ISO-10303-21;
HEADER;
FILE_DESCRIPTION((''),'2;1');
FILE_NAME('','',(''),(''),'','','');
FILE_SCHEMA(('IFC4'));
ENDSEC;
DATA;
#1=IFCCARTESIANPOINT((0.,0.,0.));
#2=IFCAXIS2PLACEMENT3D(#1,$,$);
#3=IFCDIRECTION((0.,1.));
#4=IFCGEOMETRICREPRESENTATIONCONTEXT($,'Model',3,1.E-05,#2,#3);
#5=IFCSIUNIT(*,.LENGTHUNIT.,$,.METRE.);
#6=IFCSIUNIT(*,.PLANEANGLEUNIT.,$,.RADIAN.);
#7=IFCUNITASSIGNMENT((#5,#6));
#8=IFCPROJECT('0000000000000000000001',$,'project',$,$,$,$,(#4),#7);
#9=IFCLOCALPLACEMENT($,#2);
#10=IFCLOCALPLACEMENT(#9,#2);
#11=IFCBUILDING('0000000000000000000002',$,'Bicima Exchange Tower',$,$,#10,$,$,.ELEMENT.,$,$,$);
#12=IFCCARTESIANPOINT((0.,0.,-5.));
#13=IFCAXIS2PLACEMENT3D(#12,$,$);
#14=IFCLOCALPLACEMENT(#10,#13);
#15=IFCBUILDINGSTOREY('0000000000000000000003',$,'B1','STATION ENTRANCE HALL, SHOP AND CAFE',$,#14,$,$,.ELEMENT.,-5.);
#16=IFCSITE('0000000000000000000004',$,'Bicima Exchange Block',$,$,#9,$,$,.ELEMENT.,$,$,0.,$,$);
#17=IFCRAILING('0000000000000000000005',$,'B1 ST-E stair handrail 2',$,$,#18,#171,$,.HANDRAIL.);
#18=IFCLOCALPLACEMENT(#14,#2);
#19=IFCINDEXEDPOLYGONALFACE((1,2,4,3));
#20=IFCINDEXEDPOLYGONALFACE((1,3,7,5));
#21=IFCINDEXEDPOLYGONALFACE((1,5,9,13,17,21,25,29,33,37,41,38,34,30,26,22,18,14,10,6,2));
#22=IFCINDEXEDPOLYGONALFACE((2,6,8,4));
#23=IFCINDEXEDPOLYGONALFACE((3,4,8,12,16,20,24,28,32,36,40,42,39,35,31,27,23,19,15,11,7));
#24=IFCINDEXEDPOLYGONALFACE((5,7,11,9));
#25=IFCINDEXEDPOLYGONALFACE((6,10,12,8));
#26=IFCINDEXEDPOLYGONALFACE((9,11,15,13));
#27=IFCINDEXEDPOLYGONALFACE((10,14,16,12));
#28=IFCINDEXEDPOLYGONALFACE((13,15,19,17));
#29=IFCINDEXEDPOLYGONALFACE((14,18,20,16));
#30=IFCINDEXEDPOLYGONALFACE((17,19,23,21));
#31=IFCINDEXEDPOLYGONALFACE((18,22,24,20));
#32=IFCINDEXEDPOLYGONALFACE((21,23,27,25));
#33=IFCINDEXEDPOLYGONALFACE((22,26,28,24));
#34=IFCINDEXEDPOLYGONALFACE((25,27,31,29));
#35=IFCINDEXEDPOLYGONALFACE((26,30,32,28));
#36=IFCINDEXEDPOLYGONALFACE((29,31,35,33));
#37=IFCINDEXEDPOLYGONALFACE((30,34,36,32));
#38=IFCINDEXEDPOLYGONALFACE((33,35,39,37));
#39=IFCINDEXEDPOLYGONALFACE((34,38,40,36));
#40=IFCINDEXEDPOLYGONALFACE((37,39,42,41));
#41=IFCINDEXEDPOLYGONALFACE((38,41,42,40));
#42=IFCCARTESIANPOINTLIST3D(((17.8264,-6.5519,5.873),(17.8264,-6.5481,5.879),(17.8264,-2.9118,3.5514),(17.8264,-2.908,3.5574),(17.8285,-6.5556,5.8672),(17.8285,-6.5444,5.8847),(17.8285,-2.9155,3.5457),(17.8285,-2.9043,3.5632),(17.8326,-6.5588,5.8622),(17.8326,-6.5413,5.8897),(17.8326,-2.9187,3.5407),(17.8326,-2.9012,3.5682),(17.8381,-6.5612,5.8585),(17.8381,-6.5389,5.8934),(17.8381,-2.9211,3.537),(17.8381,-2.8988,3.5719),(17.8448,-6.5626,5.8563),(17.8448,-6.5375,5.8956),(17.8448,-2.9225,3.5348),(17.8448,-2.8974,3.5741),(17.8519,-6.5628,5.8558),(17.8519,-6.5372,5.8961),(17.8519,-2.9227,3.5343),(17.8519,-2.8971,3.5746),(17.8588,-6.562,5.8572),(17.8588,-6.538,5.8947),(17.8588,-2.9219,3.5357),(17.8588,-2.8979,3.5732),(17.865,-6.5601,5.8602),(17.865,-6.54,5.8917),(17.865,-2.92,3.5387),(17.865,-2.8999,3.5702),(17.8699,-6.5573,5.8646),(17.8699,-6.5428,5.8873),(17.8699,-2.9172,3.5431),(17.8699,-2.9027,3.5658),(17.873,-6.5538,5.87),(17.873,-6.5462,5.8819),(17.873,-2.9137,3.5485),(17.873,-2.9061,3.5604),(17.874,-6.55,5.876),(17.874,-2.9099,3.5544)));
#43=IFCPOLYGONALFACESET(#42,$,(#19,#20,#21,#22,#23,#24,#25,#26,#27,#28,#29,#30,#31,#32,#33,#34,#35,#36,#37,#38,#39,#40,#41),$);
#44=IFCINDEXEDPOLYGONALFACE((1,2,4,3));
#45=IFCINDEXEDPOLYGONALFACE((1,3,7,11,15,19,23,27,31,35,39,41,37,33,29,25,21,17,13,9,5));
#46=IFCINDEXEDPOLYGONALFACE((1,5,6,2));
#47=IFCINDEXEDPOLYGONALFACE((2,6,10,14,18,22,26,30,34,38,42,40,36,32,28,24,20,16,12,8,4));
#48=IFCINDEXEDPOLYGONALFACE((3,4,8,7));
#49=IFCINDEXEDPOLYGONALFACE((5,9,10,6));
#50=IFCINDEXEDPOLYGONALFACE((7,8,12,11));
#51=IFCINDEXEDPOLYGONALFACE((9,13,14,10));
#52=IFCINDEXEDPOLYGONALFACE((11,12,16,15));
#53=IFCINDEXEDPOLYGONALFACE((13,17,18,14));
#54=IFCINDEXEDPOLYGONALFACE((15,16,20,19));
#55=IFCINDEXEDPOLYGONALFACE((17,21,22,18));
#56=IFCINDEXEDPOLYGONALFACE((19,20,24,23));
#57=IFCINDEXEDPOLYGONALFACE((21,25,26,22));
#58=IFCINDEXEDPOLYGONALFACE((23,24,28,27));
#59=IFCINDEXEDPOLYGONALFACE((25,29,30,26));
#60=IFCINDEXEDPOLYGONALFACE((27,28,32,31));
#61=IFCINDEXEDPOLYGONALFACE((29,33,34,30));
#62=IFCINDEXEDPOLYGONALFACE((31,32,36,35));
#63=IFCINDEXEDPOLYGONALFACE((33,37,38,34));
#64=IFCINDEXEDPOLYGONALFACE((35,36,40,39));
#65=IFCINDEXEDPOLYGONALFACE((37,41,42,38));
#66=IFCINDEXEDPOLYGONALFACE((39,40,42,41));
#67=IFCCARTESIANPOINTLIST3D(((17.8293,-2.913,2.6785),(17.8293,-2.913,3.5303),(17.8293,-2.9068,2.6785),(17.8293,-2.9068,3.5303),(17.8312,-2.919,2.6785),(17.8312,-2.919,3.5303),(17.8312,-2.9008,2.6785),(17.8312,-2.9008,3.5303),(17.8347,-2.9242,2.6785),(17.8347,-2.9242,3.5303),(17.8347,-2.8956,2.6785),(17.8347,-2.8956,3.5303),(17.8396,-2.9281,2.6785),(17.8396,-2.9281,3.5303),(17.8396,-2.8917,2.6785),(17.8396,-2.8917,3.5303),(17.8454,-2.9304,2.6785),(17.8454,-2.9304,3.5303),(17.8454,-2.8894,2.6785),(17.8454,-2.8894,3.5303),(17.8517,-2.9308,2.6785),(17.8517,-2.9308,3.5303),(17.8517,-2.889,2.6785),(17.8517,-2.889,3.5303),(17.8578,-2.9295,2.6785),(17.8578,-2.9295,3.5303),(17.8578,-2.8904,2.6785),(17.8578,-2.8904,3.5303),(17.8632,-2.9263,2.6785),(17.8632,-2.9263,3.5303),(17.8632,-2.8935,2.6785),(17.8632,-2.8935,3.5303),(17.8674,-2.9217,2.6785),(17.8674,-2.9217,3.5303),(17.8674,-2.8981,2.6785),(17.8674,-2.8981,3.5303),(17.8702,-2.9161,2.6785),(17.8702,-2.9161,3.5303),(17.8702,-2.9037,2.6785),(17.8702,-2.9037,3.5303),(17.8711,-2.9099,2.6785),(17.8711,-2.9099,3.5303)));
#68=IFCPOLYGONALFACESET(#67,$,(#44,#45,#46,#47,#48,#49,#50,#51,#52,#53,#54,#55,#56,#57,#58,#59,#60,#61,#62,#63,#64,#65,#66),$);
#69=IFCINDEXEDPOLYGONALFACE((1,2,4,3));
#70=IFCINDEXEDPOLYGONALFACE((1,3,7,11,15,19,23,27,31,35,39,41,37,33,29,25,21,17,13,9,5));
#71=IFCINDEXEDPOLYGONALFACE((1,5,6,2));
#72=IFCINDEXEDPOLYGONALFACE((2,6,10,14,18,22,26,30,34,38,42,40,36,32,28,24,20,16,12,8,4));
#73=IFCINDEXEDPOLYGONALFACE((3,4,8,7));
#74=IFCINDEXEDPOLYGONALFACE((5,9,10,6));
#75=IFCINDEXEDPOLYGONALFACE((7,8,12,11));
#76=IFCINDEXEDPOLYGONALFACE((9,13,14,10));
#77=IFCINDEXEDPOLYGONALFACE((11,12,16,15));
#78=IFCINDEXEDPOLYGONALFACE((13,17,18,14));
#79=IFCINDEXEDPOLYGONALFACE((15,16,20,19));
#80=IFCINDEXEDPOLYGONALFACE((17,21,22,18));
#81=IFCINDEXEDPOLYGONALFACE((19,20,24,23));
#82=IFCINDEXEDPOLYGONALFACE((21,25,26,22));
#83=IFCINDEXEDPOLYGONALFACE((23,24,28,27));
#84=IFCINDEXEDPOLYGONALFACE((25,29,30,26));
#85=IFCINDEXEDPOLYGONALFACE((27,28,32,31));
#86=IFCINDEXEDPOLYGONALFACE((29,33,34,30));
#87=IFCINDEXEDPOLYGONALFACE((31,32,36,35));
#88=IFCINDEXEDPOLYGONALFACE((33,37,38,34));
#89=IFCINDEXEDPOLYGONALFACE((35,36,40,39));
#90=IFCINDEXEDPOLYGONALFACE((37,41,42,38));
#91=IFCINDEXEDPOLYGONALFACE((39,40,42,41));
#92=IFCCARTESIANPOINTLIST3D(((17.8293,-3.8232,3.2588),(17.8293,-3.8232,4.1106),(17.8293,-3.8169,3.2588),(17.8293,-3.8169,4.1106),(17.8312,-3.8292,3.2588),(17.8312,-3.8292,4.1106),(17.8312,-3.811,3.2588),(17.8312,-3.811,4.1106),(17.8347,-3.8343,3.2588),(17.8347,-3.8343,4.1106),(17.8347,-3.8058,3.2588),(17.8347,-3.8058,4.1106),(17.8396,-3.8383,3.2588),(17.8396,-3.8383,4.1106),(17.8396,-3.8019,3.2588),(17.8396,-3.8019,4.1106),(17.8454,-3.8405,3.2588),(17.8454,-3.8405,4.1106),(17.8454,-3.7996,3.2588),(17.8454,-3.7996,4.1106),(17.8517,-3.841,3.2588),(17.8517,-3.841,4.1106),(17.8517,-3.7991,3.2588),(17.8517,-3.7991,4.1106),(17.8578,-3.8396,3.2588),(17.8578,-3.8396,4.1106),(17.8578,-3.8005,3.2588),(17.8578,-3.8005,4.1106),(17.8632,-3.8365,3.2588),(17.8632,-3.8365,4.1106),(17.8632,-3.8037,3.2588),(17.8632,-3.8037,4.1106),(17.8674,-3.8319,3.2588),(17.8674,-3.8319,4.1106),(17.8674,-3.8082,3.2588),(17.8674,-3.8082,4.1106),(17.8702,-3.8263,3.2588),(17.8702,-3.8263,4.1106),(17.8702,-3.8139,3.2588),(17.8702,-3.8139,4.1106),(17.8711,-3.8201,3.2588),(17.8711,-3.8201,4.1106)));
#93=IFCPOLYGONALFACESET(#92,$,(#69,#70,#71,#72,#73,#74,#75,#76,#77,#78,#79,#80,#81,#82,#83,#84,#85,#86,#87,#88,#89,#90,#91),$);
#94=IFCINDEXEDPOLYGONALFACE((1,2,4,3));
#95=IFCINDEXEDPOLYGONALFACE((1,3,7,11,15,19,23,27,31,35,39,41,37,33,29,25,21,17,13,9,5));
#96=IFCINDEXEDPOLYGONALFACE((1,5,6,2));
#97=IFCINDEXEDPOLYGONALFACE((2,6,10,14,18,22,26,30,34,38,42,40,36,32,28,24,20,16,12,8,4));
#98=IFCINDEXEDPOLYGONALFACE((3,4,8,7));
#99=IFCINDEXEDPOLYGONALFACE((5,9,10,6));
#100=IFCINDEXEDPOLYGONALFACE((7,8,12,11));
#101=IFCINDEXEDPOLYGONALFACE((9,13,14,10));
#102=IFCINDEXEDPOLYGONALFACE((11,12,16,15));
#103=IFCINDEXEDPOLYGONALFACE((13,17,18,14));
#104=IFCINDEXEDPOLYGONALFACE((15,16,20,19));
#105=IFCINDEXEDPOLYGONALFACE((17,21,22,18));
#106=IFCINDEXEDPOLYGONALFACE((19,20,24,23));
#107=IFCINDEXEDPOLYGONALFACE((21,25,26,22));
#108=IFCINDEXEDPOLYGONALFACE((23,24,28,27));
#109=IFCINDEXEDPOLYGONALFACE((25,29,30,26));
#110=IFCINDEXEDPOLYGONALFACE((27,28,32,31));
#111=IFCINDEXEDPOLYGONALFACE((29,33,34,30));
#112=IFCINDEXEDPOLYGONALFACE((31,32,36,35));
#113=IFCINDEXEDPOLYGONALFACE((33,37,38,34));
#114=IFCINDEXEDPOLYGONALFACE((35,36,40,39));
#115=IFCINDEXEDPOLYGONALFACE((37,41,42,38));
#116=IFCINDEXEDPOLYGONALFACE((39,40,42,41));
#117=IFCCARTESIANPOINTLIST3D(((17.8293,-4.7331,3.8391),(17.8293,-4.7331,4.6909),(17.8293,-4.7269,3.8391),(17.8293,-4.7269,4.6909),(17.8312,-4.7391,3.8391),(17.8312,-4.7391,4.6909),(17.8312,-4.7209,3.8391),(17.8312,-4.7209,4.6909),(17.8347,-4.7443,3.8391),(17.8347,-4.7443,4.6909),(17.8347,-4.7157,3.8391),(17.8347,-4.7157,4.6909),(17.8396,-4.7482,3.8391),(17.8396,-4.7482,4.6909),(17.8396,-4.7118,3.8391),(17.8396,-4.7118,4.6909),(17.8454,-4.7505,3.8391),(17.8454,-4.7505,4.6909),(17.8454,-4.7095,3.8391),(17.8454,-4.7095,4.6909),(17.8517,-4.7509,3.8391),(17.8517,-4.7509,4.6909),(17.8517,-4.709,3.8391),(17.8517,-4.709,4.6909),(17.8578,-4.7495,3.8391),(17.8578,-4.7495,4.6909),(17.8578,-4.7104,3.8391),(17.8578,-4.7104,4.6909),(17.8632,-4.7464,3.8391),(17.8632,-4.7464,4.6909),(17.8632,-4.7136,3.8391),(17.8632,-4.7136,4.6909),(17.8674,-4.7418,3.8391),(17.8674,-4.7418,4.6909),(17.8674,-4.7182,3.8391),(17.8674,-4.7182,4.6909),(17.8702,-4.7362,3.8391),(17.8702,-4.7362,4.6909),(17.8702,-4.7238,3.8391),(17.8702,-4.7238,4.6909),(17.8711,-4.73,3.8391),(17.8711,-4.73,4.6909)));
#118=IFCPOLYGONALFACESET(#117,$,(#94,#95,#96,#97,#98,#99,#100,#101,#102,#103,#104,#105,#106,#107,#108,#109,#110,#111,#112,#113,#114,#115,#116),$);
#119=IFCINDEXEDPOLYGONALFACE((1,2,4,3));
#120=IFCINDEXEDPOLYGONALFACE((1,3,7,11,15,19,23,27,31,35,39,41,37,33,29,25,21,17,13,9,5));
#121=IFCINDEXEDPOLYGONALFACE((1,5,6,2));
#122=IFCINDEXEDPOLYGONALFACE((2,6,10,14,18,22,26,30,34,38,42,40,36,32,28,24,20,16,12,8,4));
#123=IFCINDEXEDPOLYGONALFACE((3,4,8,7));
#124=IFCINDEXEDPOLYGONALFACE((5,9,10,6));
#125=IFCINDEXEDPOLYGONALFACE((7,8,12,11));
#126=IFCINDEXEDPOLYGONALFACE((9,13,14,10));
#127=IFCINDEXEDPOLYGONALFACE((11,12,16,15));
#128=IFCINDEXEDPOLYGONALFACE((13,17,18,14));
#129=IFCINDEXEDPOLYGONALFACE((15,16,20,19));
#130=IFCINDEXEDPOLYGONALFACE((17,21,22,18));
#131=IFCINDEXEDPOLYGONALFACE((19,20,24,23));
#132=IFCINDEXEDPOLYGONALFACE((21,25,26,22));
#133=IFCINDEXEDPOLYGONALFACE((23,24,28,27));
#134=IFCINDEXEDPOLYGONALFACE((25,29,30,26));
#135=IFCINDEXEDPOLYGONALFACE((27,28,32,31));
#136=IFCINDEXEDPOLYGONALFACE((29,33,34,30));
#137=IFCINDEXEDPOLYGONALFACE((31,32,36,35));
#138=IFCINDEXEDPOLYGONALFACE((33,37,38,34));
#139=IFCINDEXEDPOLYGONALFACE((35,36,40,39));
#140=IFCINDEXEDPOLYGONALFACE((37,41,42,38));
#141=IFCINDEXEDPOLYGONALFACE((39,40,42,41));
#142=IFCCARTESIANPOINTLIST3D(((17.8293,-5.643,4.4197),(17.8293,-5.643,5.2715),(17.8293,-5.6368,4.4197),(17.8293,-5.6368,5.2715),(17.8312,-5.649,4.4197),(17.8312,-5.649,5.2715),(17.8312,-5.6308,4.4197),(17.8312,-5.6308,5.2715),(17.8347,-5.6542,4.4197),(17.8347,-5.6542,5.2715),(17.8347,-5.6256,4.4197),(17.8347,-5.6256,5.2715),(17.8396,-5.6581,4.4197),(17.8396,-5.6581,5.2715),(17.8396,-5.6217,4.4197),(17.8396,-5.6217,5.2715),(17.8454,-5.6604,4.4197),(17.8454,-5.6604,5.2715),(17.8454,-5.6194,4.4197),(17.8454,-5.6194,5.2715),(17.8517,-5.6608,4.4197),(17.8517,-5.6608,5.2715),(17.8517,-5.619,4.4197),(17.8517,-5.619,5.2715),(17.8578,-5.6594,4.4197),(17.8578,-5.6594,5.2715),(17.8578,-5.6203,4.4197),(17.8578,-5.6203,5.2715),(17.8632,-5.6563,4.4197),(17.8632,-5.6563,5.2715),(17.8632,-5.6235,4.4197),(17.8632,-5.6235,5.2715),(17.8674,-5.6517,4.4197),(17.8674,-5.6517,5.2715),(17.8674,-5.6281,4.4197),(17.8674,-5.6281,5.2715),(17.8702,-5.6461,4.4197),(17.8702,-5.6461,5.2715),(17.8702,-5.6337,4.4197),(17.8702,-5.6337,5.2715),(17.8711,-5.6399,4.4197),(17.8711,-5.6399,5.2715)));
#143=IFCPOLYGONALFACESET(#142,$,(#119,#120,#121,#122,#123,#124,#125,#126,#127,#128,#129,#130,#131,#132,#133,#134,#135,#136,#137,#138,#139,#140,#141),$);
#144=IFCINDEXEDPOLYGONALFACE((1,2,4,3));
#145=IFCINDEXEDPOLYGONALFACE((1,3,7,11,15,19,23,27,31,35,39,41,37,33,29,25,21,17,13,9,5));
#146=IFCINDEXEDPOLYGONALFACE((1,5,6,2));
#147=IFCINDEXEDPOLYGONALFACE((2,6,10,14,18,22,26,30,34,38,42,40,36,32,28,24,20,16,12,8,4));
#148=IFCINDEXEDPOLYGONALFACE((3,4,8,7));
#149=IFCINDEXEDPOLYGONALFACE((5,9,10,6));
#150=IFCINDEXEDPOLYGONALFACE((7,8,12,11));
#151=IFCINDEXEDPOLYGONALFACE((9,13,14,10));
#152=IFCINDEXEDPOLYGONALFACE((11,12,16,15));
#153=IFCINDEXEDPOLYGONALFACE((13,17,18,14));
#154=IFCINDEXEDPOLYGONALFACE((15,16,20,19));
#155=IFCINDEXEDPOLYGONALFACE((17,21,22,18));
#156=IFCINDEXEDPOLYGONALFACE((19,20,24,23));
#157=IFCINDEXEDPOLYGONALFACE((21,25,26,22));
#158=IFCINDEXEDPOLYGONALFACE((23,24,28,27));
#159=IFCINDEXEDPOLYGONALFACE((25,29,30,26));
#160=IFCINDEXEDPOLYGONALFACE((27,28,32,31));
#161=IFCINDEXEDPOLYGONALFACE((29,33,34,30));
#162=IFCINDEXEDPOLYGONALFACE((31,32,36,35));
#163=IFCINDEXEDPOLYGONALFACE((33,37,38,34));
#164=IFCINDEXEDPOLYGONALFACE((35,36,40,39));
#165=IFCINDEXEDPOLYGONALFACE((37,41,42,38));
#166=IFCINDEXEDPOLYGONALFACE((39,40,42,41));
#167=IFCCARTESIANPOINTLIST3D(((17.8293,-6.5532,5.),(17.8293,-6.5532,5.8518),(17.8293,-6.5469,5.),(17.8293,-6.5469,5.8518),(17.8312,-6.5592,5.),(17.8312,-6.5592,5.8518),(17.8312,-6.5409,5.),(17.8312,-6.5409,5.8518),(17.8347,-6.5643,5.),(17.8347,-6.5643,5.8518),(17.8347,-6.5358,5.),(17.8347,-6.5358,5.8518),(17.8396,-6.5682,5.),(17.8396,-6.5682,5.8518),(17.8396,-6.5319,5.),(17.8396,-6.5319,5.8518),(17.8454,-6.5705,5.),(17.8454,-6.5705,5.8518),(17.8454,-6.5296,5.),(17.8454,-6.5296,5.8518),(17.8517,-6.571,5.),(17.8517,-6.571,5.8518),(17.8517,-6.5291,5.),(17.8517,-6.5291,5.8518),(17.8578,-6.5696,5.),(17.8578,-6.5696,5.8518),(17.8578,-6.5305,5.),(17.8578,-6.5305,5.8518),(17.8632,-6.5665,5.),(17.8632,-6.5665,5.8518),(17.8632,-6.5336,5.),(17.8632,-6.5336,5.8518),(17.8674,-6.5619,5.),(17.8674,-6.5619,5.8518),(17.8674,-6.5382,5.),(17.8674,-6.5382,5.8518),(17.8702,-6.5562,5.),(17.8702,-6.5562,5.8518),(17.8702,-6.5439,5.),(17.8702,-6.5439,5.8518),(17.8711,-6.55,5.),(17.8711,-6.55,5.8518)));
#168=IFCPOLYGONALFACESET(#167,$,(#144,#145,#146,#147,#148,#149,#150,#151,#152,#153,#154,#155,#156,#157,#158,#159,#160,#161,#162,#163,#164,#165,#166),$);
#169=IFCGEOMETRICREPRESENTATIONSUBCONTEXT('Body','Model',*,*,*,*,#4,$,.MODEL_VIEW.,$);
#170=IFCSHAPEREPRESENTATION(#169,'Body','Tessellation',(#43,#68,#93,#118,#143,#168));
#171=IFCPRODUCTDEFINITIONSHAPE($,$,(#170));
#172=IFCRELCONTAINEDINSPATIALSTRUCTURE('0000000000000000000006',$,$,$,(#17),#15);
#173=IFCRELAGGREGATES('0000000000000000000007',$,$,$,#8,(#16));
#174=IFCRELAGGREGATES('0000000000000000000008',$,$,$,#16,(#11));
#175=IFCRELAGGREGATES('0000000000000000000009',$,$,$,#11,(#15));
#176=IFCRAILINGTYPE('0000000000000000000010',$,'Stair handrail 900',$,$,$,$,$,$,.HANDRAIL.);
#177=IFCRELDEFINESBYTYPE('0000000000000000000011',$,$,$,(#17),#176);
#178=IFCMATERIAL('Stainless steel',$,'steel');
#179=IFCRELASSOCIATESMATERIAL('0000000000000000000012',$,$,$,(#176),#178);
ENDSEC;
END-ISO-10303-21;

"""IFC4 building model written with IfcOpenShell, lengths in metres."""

from ifc_helpers import new_model, si_unit, direction, frame, origin, origin_2d, place, context, subcontext, project, spatial, circle, extrude, material, type_object, element, save


model = new_model("IFC4")

# Units and contexts
model_context = context("Model", 3, precision=1e-05, world=origin(), true_north=direction((0.0, 1.0)))
body_context = subcontext(model_context, "Body", "Model", "MODEL_VIEW")
ifc_project = project(units=[si_unit("LENGTHUNIT", "METRE"), si_unit("PLANEANGLEUNIT", "RADIAN")], contexts=[model_context])

# Site, building, storey
site_placement = place(None, origin())
site = spatial("IfcSite", under=ifc_project, at=site_placement, Name="Bicima Exchange Block", CompositionType="ELEMENT", RefElevation=0.0)
building_placement = place(site_placement, origin())
building = spatial("IfcBuilding", under=site, at=building_placement, Name="Bicima Exchange Tower", CompositionType="ELEMENT")
storey_placement = place(building_placement, frame((0.0, 0.0, -5.0)))
storey = spatial("IfcBuildingStorey", under=building, at=storey_placement, Name="B1", Description="STATION ENTRANCE HALL, SHOP AND CAFE", CompositionType="ELEMENT", Elevation=-5.0)

# Railing
ifc_material_1 = material(Name="Stainless steel", Category="steel")
railing_type = type_object("IfcRailingType", Name="Stair handrail 900", PredefinedType="HANDRAIL", material=ifc_material_1)
railing_placement = place(storey_placement, frame((17.8501, -2.9099, 2.6785)))
element("IfcRailing", 1, at=railing_placement, inside=storey, type_object=railing_type, Name="B1 ST-E stair handrail 2", PredefinedType="HANDRAIL", context=body_context, shape_type="SweptSolid", body=[
    extrude(circle(Radius=0.0239, at=origin_2d()), frame((0.0, 0.0, 0.876), z_axis=(0.0, -0.843128, 0.537713), x_axis=(1.0, 0.0, 0.0)), (0.0, 0.0, 1.0), 4.3174),
    extrude(circle(Radius=0.021, at=origin_2d()), origin(), (0.0, 0.0, 1.0), 0.8518),
    extrude(circle(Radius=0.021, at=origin_2d()), frame((0.0, -0.9102, 0.5803)), (0.0, 0.0, 1.0), 0.8518),
    extrude(circle(Radius=0.021, at=origin_2d()), frame((0.0, -1.8201, 1.1606)), (0.0, 0.0, 1.0), 0.8518),
    extrude(circle(Radius=0.021, at=origin_2d()), frame((0.0, -2.73, 1.7412)), (0.0, 0.0, 1.0), 0.8518),
    extrude(circle(Radius=0.021, at=origin_2d()), frame((0.0, -3.6401, 2.3215)), (0.0, 0.0, 1.0), 0.8518),
])

save(model, "model.ifc")
